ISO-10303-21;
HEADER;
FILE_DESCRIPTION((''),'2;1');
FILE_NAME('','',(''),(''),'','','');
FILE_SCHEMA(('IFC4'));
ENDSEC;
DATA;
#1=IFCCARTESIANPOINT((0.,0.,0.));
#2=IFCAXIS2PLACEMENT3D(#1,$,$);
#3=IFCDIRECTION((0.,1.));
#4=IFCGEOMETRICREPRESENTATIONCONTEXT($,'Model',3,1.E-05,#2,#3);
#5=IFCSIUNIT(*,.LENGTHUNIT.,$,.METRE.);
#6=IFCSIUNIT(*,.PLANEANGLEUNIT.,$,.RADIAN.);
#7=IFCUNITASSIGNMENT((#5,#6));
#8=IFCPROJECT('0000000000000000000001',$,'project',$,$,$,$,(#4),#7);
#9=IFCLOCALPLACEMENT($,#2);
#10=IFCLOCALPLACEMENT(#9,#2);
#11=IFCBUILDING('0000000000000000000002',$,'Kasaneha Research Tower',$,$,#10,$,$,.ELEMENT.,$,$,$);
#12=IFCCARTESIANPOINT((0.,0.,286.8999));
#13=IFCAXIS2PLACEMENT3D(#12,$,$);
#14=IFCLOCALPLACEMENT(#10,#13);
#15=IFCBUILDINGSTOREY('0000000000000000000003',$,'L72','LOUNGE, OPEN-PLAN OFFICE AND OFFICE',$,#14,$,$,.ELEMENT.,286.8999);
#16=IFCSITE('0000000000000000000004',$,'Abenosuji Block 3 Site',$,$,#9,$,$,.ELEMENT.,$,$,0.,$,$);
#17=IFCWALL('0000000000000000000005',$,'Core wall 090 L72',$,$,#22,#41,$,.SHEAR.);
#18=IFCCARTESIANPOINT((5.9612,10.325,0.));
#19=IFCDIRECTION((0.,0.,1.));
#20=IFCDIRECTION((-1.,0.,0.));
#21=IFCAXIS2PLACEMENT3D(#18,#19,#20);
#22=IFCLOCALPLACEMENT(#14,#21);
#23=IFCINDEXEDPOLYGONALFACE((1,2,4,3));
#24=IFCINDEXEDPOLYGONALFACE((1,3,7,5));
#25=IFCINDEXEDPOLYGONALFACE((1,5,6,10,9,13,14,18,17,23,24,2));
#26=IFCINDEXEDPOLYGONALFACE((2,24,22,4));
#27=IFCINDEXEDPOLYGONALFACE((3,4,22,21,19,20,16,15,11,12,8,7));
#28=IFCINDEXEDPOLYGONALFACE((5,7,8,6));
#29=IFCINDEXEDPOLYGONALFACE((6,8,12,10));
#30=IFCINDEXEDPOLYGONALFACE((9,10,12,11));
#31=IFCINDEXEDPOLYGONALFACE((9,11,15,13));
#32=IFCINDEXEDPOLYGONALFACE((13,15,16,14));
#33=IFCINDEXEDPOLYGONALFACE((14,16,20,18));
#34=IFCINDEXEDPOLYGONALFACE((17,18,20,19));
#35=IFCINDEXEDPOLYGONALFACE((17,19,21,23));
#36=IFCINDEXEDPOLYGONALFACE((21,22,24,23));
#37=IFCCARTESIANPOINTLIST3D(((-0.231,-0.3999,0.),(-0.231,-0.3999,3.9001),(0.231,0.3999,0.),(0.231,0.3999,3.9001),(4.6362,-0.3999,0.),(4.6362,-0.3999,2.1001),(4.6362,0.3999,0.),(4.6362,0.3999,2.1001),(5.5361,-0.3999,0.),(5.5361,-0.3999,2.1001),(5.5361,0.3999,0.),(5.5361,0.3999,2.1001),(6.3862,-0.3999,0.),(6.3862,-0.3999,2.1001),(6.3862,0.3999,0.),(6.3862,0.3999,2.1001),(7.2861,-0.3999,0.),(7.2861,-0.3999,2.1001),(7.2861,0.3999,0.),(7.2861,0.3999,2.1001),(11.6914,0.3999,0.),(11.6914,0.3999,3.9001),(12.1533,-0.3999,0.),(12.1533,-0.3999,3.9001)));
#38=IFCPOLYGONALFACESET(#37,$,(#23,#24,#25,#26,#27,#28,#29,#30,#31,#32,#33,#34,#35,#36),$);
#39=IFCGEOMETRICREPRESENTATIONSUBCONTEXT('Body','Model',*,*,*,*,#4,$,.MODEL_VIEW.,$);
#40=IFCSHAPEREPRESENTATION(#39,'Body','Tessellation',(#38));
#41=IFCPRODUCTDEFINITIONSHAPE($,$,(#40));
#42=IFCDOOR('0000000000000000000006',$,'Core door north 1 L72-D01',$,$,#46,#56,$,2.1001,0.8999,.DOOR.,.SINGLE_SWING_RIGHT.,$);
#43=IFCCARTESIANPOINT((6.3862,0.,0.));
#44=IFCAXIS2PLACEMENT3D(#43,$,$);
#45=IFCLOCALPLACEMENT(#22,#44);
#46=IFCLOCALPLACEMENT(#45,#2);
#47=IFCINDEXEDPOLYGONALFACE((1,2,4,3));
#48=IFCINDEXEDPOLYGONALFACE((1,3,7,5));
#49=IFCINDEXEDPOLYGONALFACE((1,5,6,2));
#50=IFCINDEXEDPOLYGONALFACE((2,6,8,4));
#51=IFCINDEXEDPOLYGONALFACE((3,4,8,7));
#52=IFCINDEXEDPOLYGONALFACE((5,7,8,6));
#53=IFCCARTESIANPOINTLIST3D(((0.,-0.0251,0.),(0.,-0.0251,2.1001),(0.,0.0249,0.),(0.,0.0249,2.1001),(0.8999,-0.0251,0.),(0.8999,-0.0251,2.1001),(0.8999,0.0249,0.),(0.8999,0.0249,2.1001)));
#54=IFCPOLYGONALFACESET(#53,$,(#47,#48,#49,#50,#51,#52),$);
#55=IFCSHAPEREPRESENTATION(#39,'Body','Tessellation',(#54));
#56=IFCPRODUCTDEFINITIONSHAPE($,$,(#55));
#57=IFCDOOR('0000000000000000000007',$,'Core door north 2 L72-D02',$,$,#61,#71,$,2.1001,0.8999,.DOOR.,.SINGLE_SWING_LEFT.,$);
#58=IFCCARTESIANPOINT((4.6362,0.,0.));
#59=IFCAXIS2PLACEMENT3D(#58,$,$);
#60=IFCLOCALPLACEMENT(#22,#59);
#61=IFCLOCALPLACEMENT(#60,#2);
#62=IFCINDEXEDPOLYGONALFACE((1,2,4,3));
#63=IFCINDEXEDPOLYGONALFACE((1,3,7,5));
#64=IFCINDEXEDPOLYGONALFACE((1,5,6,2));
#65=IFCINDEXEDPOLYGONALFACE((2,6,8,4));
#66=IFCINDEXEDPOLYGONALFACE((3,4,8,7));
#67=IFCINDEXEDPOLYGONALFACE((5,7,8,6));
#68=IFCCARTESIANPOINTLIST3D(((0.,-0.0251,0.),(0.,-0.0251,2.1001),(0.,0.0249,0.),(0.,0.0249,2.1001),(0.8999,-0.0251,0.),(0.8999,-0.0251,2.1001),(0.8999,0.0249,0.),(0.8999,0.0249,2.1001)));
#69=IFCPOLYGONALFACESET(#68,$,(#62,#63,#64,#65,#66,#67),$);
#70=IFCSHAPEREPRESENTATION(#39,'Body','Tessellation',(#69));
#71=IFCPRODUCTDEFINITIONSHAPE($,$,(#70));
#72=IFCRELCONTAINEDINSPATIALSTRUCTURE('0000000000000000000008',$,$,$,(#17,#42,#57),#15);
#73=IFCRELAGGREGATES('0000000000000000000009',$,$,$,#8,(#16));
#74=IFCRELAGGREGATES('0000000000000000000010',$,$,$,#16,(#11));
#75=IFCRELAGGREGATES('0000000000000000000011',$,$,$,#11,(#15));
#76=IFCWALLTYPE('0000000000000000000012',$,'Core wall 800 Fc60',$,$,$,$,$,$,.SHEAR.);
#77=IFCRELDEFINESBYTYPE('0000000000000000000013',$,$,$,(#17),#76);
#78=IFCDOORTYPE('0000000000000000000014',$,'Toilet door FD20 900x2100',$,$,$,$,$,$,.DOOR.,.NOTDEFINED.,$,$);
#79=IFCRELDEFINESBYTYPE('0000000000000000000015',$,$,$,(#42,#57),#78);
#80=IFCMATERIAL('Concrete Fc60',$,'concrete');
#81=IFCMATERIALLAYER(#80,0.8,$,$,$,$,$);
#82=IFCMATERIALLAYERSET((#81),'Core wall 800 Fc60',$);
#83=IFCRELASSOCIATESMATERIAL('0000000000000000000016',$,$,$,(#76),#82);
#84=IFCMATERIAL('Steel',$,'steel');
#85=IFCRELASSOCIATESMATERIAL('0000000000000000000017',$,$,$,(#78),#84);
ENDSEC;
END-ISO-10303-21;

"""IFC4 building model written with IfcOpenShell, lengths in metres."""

from ifc_helpers import new_model, si_unit, direction, frame, frame_2d, origin, place, context, subcontext, project, spatial, polyline, rectangle, outline, extrude, material, layer, layer_set, type_object, element, fill, save


model = new_model("IFC4")

# Units and contexts
model_context = context("Model", 3, precision=1e-05, world=origin(), true_north=direction((0.0, 1.0)))
body_context = subcontext(model_context, "Body", "Model", "MODEL_VIEW")
ifc_project = project(units=[si_unit("LENGTHUNIT", "METRE"), si_unit("PLANEANGLEUNIT", "RADIAN")], contexts=[model_context])

# Site, building, storey
site_placement = place(None, origin())
site = spatial("IfcSite", under=ifc_project, at=site_placement, Name="Abenosuji Block 3 Site", CompositionType="ELEMENT", RefElevation=0.0)
building_placement = place(site_placement, origin())
building = spatial("IfcBuilding", under=site, at=building_placement, Name="Kasaneha Research Tower", CompositionType="ELEMENT")
storey_placement = place(building_placement, frame((0.0, 0.0, 286.8999)))
storey = spatial("IfcBuildingStorey", under=building, at=storey_placement, Name="L72", Description="LOUNGE, OPEN-PLAN OFFICE AND OFFICE", CompositionType="ELEMENT", Elevation=286.8999)

# Wall, openings, doors
ifc_material_1 = material(Name="Concrete Fc60", Category="concrete")
ifc_layer_1 = layer(ifc_material_1, 0.8)
ifc_layer_set_1 = layer_set([ifc_layer_1], Name="Core wall 800 Fc60")
wall_type_1 = type_object("IfcWallType", Name="Core wall 800 Fc60", PredefinedType="SHEAR", material=ifc_layer_set_1)
wall_1_placement = place(storey_placement, frame((5.9612, 10.325, 0.0), z_axis=(0.0, 0.0, 1.0), x_axis=(-1.0, 0.0, 0.0)))
wall_1 = element("IfcWall", 1, at=wall_1_placement, inside=storey, type_object=wall_type_1, Name="Core wall 090 L72", PredefinedType="SHEAR", context=body_context, shape_type="SweptSolid", body=[
    extrude(outline(polyline([(-0.231, -0.3999), (4.6362, -0.3999), (5.5361, -0.3999), (6.3862, -0.3999), (7.2861, -0.3999), (12.1533, -0.3999), (11.6914, 0.3999), (7.2861, 0.3999), (6.3862, 0.3999), (5.5361, 0.3999), (4.6362, 0.3999), (0.231, 0.3999), (-0.231, -0.3999)])), origin(), (0.0, 0.0, 1.0), 3.9001),
])
opening_1_placement = place(wall_1_placement, frame((6.3862, 0.0, 0.0)))
opening_1 = element("IfcOpeningElement", 2, at=opening_1_placement, cuts=wall_1, PredefinedType="OPENING", context=body_context, shape_type="SweptSolid", body=[
    extrude(rectangle(XDim=0.8999, YDim=2.1001, at=frame_2d((0.45, 1.05))), frame((0.0, 0.4102, 0.0), z_axis=(0.0, -1.0, 0.0), x_axis=(1.0, 0.0, 0.0)), (0.0, 0.0, 1.0), 0.8201),
])
opening_2_placement = place(wall_1_placement, frame((4.6362, 0.0, 0.0)))
opening_2 = element("IfcOpeningElement", 3, at=opening_2_placement, cuts=wall_1, PredefinedType="OPENING", context=body_context, shape_type="SweptSolid", body=[
    extrude(rectangle(XDim=0.8999, YDim=2.1001, at=frame_2d((0.45, 1.05))), frame((0.0, 0.4102, 0.0), z_axis=(0.0, -1.0, 0.0), x_axis=(1.0, 0.0, 0.0)), (0.0, 0.0, 1.0), 0.8201),
])
ifc_material_2 = material(Name="Steel", Category="steel")
door_type_1 = type_object("IfcDoorType", Name="Toilet door FD20 900x2100", OperationType="NOTDEFINED", PredefinedType="DOOR", material=ifc_material_2)
door_1_placement = place(opening_1_placement, origin())
door_1 = element("IfcDoor", 4, at=door_1_placement, inside=storey, type_object=door_type_1, Name="Core door north 1 L72-D01", OperationType="SINGLE_SWING_RIGHT", OverallHeight=2.1001, OverallWidth=0.8999, PredefinedType="DOOR", context=body_context, shape_type="SweptSolid", body=[
    extrude(rectangle(XDim=0.8999, YDim=2.1001, at=frame_2d((0.45, 1.05))), frame((0.0, 0.0249, 0.0), z_axis=(0.0, -1.0, 0.0), x_axis=(1.0, 0.0, 0.0)), (0.0, 0.0, 1.0), 0.05),
])
fill(opening_1, door_1)
door_2_placement = place(opening_2_placement, origin())
door_2 = element("IfcDoor", 5, at=door_2_placement, inside=storey, type_object=door_type_1, Name="Core door north 2 L72-D02", OperationType="SINGLE_SWING_LEFT", OverallHeight=2.1001, OverallWidth=0.8999, PredefinedType="DOOR", context=body_context, shape_type="SweptSolid", body=[
    extrude(rectangle(XDim=0.8999, YDim=2.1001, at=frame_2d((0.45, 1.05))), frame((0.0, 0.0249, 0.0), z_axis=(0.0, -1.0, 0.0), x_axis=(1.0, 0.0, 0.0)), (0.0, 0.0, 1.0), 0.05),
])
fill(opening_2, door_2)

save(model, "model.ifc")
